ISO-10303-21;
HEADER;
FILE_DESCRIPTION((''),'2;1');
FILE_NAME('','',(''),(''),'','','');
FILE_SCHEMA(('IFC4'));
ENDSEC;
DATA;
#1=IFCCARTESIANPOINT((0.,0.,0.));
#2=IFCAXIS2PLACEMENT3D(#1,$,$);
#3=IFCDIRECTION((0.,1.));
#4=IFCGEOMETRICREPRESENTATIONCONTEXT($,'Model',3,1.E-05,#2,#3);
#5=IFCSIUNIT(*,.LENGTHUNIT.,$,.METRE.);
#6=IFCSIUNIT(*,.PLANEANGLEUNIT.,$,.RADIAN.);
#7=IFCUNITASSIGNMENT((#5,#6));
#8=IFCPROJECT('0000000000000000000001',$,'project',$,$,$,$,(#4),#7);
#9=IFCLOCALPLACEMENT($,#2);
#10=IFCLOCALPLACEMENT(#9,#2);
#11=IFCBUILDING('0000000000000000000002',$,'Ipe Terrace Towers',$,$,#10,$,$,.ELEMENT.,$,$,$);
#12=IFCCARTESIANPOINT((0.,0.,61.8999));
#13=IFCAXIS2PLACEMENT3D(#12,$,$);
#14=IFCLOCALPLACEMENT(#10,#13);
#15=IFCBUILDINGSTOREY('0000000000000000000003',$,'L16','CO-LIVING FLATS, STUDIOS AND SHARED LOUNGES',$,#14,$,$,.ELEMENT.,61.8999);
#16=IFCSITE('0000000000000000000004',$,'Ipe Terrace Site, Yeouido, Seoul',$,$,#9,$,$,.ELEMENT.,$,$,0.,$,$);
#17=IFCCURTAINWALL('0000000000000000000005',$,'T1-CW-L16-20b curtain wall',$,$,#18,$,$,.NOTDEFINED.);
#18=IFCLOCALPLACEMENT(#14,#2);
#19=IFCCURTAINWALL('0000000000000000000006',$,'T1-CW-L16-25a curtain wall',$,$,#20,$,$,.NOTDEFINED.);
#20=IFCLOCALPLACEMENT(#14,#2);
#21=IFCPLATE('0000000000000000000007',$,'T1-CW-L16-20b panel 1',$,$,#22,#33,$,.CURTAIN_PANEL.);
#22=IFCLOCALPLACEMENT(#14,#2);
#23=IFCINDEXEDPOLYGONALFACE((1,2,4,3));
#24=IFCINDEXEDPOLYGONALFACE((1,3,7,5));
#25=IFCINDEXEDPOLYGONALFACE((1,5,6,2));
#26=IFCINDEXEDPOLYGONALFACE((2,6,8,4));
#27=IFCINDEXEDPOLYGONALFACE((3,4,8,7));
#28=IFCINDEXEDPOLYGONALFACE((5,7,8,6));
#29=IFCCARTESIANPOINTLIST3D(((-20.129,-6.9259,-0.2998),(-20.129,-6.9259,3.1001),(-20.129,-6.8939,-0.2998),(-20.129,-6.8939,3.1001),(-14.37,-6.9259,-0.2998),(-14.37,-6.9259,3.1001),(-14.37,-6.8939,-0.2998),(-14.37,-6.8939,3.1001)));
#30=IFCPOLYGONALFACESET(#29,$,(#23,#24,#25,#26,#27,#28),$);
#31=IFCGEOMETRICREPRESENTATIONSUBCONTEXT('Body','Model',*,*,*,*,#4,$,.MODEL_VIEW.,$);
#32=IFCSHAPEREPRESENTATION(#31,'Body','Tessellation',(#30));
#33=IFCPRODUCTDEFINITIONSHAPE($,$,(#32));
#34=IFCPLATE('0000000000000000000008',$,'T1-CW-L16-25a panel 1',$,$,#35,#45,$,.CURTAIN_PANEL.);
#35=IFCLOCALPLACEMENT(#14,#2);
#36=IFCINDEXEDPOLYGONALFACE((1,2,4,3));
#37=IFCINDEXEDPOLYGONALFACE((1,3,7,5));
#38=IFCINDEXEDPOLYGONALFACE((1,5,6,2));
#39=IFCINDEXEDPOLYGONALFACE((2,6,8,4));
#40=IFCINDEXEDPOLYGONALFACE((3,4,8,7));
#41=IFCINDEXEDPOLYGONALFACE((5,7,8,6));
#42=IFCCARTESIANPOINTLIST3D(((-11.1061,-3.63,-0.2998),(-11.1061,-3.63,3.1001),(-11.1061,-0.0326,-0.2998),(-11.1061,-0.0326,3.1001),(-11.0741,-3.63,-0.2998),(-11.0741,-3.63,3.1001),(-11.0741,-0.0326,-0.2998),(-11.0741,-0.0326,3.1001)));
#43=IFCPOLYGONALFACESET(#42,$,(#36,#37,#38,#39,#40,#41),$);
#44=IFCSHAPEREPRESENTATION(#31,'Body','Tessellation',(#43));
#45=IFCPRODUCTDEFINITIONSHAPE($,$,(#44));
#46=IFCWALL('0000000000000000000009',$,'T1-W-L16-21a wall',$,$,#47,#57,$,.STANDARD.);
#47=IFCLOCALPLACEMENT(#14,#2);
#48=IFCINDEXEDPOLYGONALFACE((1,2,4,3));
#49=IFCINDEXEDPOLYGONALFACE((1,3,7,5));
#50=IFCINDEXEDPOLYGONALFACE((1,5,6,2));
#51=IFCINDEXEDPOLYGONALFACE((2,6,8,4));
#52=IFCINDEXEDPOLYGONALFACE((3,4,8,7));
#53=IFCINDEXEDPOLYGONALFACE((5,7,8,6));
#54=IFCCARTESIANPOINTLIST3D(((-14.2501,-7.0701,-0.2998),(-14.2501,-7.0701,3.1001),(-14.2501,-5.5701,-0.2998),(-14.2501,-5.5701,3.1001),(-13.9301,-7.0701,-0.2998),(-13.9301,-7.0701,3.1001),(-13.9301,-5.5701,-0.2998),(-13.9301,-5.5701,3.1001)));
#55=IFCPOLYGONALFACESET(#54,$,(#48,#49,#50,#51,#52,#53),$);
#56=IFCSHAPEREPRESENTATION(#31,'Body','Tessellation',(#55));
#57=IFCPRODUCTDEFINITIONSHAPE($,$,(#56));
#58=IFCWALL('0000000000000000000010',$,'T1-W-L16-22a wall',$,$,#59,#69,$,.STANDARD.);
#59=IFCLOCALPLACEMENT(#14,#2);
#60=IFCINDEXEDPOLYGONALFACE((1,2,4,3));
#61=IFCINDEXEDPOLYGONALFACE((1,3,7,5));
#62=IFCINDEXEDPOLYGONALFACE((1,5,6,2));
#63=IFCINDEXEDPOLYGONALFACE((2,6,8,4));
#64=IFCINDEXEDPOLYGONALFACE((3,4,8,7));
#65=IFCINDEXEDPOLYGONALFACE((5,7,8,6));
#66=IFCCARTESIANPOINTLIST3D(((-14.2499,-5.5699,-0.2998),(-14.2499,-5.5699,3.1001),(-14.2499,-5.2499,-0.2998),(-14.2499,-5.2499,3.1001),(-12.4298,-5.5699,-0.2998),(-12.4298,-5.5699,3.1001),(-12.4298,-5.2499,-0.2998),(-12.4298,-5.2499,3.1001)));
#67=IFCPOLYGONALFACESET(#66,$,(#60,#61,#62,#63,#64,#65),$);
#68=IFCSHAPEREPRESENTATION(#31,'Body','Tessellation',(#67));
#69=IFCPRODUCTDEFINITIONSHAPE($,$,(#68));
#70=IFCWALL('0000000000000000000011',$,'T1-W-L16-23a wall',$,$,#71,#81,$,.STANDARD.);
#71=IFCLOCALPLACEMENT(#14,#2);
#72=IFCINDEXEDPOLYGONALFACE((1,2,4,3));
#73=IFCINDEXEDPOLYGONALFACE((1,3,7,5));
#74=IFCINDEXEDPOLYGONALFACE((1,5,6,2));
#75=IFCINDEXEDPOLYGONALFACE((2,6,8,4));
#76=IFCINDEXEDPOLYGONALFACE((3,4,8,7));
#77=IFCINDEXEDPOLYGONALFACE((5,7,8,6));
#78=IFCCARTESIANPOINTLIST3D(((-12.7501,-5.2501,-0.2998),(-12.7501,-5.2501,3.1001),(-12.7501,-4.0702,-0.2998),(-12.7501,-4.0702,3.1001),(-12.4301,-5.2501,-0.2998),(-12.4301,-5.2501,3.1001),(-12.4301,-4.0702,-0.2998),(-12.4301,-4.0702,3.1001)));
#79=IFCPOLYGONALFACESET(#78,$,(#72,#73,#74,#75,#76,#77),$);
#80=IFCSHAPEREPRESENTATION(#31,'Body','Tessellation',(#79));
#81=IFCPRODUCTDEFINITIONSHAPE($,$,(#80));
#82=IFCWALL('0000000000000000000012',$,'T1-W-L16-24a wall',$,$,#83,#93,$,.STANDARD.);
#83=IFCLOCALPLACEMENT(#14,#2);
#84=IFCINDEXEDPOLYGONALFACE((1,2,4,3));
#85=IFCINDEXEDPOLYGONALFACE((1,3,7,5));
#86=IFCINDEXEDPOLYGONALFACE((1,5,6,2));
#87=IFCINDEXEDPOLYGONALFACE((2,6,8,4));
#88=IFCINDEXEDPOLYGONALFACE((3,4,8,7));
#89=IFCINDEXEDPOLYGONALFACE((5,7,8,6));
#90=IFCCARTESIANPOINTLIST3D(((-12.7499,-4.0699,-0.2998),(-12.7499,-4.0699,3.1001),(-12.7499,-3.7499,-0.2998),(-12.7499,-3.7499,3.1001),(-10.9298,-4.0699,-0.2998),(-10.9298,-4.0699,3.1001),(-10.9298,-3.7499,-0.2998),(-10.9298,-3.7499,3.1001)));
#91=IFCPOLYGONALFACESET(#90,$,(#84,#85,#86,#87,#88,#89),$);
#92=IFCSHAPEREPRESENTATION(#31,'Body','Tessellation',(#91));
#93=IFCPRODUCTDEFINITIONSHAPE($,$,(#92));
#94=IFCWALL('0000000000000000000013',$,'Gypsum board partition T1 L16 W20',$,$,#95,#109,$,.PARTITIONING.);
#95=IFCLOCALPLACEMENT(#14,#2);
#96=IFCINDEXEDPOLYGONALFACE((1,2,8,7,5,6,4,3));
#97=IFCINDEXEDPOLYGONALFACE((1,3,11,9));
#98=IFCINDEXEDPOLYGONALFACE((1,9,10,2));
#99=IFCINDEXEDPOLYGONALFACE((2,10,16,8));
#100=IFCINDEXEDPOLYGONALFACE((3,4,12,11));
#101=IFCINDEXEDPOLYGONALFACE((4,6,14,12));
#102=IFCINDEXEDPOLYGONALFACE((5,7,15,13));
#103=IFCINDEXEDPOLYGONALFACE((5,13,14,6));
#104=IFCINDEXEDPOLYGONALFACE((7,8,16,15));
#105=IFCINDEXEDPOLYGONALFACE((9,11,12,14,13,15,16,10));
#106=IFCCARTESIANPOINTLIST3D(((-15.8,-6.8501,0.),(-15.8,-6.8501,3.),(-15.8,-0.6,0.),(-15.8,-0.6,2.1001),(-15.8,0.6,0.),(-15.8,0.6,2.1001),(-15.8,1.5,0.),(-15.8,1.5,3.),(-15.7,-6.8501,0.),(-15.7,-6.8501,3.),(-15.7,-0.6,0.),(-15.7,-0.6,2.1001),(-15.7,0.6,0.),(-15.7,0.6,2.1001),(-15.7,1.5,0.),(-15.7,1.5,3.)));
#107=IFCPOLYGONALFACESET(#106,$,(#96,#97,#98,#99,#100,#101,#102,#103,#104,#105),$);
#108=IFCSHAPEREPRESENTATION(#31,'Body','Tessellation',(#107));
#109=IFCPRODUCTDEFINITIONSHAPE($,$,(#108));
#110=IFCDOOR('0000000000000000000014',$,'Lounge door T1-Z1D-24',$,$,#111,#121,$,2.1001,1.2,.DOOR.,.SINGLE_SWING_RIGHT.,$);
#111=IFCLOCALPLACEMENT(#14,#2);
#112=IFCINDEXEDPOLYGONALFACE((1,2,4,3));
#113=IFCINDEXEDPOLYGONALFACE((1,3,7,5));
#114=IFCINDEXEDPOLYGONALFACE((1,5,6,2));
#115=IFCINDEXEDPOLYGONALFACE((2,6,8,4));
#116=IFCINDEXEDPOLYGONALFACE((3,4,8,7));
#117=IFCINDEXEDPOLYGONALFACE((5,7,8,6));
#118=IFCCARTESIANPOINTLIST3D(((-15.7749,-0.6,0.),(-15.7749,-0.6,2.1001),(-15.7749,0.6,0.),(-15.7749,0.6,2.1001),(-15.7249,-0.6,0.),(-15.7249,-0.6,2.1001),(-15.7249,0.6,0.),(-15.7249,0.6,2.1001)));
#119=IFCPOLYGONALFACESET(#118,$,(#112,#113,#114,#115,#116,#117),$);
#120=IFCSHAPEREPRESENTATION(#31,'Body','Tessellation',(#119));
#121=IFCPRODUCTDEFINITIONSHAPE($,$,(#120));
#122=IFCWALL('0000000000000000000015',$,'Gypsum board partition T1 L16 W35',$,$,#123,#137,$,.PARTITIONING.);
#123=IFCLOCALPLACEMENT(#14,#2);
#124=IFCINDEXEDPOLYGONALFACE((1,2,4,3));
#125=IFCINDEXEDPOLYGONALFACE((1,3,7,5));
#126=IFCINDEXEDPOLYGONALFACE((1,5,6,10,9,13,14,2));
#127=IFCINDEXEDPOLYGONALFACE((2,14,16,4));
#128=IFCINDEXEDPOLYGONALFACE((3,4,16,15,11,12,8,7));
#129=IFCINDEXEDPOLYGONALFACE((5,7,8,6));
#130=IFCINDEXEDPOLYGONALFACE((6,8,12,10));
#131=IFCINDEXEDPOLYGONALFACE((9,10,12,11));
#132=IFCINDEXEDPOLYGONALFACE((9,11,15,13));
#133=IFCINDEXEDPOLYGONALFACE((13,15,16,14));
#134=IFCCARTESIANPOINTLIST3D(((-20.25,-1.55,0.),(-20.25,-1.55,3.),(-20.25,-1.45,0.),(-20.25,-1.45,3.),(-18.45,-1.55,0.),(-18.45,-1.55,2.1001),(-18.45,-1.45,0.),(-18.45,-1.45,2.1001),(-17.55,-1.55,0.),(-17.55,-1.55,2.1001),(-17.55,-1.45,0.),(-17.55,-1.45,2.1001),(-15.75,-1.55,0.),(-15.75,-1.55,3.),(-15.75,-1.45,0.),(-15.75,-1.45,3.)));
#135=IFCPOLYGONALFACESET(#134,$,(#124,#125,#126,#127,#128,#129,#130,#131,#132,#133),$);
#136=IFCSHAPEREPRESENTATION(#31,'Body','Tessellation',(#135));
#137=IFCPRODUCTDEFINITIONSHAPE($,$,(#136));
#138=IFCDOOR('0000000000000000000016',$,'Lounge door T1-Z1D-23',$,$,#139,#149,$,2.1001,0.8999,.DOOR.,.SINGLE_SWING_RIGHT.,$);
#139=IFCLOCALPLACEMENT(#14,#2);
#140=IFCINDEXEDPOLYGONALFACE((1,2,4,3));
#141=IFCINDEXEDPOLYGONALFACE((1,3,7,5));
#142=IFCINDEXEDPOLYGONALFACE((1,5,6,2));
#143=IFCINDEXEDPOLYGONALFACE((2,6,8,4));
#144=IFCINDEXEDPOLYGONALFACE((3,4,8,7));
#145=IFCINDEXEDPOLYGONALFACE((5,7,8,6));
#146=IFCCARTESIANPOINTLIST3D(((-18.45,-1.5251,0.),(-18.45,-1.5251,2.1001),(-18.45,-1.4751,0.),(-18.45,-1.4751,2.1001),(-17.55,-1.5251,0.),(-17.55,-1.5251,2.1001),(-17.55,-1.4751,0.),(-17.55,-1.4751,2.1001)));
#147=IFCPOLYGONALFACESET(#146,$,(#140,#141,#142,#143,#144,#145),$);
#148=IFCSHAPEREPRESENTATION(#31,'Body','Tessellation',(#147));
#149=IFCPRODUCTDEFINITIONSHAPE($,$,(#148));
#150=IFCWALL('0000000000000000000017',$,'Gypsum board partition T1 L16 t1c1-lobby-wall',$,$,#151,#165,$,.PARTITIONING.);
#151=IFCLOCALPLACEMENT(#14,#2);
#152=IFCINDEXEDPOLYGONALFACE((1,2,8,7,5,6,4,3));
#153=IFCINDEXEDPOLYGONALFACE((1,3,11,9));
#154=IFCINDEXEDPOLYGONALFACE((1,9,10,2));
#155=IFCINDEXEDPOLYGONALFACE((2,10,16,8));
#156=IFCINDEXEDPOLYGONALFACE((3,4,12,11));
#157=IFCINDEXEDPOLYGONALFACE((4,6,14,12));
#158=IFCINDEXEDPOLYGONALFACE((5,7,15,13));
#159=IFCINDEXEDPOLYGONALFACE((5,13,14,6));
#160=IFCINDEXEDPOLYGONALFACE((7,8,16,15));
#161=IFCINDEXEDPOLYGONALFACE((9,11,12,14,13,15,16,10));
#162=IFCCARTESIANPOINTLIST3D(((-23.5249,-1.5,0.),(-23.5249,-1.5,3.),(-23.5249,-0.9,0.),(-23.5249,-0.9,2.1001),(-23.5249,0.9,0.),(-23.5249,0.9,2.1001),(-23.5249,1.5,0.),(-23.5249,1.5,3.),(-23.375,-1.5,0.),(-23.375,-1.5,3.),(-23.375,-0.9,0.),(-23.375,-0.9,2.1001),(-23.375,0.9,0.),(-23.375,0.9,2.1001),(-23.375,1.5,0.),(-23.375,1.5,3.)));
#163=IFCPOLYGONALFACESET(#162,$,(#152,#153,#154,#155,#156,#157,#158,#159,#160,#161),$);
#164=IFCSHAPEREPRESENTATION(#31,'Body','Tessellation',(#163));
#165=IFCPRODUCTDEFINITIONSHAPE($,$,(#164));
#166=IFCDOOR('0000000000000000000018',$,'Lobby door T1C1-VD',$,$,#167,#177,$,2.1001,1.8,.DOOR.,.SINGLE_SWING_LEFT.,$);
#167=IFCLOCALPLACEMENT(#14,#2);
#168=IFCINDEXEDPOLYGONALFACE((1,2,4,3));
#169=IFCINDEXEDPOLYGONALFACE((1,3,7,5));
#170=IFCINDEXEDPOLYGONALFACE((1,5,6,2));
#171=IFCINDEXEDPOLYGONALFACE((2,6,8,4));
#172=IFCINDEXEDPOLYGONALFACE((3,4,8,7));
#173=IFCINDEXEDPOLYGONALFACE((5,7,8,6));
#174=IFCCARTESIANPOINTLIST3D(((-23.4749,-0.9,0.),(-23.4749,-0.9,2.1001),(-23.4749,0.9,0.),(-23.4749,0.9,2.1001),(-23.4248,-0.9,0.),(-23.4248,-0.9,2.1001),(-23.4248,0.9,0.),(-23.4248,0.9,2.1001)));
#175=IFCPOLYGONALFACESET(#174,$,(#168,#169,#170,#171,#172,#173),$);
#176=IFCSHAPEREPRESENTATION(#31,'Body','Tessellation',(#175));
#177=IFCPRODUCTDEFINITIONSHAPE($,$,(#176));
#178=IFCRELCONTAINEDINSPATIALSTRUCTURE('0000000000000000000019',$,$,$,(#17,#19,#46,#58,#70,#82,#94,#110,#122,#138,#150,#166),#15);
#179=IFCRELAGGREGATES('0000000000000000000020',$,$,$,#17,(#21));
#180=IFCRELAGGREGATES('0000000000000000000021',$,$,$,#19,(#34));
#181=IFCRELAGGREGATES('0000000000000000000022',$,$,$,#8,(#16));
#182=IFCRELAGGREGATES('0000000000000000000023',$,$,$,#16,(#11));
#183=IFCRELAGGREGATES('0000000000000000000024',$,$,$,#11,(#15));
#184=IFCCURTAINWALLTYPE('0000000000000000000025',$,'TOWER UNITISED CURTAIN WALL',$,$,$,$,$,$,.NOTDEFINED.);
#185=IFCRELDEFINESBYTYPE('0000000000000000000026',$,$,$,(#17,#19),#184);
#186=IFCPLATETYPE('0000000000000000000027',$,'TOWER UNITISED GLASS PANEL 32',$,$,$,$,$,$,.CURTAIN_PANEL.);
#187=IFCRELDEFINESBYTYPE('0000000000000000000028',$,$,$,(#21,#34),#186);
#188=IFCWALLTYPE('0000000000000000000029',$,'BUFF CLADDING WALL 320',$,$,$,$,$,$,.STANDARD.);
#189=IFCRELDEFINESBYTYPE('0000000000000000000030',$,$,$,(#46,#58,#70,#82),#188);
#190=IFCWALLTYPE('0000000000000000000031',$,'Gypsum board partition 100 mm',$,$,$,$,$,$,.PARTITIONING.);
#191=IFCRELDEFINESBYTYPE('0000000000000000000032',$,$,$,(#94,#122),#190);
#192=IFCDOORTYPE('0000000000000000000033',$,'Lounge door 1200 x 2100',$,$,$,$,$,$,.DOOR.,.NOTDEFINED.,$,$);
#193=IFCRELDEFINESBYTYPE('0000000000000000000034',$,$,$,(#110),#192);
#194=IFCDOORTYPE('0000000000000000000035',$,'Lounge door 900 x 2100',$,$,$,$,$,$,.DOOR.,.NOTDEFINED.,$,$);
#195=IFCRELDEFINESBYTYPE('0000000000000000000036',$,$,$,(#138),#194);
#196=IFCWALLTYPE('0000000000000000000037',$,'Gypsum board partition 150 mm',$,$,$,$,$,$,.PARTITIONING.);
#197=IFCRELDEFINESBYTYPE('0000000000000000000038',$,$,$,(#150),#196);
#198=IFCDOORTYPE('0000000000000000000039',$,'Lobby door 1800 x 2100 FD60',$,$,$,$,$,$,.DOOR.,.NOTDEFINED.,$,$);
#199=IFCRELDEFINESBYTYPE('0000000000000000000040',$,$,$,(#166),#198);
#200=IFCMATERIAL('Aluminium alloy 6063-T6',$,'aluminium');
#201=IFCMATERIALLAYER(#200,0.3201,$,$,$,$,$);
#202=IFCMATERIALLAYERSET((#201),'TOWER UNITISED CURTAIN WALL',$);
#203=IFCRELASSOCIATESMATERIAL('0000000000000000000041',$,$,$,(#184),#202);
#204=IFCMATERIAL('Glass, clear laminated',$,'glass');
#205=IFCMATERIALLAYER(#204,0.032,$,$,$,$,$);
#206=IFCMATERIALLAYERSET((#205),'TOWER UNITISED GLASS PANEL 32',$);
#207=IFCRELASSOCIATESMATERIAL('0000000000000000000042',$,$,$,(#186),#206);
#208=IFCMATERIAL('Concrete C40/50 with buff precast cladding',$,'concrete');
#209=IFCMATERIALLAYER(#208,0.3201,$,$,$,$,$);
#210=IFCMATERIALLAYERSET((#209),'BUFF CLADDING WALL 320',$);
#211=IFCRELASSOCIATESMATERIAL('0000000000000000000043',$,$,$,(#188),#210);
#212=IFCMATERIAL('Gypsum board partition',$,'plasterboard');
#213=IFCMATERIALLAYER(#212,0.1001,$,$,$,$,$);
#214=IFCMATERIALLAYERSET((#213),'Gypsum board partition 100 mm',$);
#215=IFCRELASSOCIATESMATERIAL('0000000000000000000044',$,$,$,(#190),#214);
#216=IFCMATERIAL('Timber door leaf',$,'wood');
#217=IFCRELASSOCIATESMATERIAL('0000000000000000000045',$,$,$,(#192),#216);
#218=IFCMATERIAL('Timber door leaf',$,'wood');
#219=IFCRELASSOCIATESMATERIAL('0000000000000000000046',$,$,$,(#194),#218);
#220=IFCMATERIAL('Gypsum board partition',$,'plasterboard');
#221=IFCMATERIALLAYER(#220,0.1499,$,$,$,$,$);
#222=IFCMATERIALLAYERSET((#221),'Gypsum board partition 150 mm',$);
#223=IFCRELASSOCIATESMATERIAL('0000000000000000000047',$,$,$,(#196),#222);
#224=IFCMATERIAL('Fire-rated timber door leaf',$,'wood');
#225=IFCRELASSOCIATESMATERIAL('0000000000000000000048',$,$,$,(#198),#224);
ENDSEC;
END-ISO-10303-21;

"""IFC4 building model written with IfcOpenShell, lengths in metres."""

from ifc_helpers import new_model, si_unit, direction, frame, frame_2d, origin, origin_2d, place, context, subcontext, project, spatial, rectangle, extrude, material, layer, layer_set, type_object, element, fill, aggregate, save


model = new_model("IFC4")

# Units and contexts
model_context = context("Model", 3, precision=1e-05, world=origin(), true_north=direction((0.0, 1.0)))
body_context = subcontext(model_context, "Body", "Model", "MODEL_VIEW")
ifc_project = project(units=[si_unit("LENGTHUNIT", "METRE"), si_unit("PLANEANGLEUNIT", "RADIAN")], contexts=[model_context])

# Site, building, storey
site_placement = place(None, origin())
site = spatial("IfcSite", under=ifc_project, at=site_placement, Name="Ipe Terrace Site, Yeouido, Seoul", CompositionType="ELEMENT", RefElevation=0.0)
building_placement = place(site_placement, origin())
building = spatial("IfcBuilding", under=site, at=building_placement, Name="Ipe Terrace Towers", CompositionType="ELEMENT")
storey_placement = place(building_placement, frame((0.0, 0.0, 61.8999)))
storey = spatial("IfcBuildingStorey", under=building, at=storey_placement, Name="L16", Description="CO-LIVING FLATS, STUDIOS AND SHARED LOUNGES", CompositionType="ELEMENT", Elevation=61.8999)

# Curtain walls
ifc_material_1 = material(Name="Aluminium alloy 6063-T6", Category="aluminium")
ifc_layer_1 = layer(ifc_material_1, 0.3201)
ifc_layer_set_1 = layer_set([ifc_layer_1], Name="TOWER UNITISED CURTAIN WALL")
curtain_wall_type = type_object("IfcCurtainWallType", Name="TOWER UNITISED CURTAIN WALL", PredefinedType="NOTDEFINED", material=ifc_layer_set_1)
curtain_wall_1_placement = place(storey_placement, origin())
curtain_wall_1 = element("IfcCurtainWall", 1, at=curtain_wall_1_placement, inside=storey, type_object=curtain_wall_type, Name="T1-CW-L16-20b curtain wall", PredefinedType="NOTDEFINED")
curtain_wall_2_placement = place(storey_placement, origin())
curtain_wall_2 = element("IfcCurtainWall", 2, at=curtain_wall_2_placement, inside=storey, type_object=curtain_wall_type, Name="T1-CW-L16-25a curtain wall", PredefinedType="NOTDEFINED")

# Plates
ifc_material_2 = material(Name="Glass, clear laminated", Category="glass")
ifc_layer_2 = layer(ifc_material_2, 0.032)
ifc_layer_set_2 = layer_set([ifc_layer_2], Name="TOWER UNITISED GLASS PANEL 32")
plate_type = type_object("IfcPlateType", Name="TOWER UNITISED GLASS PANEL 32", PredefinedType="CURTAIN_PANEL", material=ifc_layer_set_2)
plate_1_placement = place(storey_placement, frame((-17.2495, -6.9099, -0.2998), z_axis=(0.0, 0.0, 1.0), x_axis=(1.0, 0.0, 0.0)))
plate_1 = element("IfcPlate", 3, at=plate_1_placement, type_object=plate_type, Name="T1-CW-L16-20b panel 1", PredefinedType="CURTAIN_PANEL", context=body_context, shape_type="SweptSolid", body=[
    extrude(rectangle(XDim=5.759, YDim=0.032, at=origin_2d()), origin(), (0.0, 0.0, 1.0), 3.3999),
])
aggregate(curtain_wall_1, [plate_1])
plate_2_placement = place(storey_placement, frame((-11.0901, -1.8313, -0.2998), z_axis=(0.0, 0.0, 1.0), x_axis=(0.0, 1.0, 0.0)))
plate_2 = element("IfcPlate", 4, at=plate_2_placement, type_object=plate_type, Name="T1-CW-L16-25a panel 1", PredefinedType="CURTAIN_PANEL", context=body_context, shape_type="SweptSolid", body=[
    extrude(rectangle(XDim=3.5974, YDim=0.032, at=origin_2d()), origin(), (0.0, 0.0, 1.0), 3.3999),
])
aggregate(curtain_wall_2, [plate_2])

# Walls
ifc_material_3 = material(Name="Concrete C40/50 with buff precast cladding", Category="concrete")
ifc_layer_3 = layer(ifc_material_3, 0.3201)
ifc_layer_set_3 = layer_set([ifc_layer_3], Name="BUFF CLADDING WALL 320")
wall_type_1 = type_object("IfcWallType", Name="BUFF CLADDING WALL 320", PredefinedType="STANDARD", material=ifc_layer_set_3)
wall_1_placement = place(storey_placement, frame((-14.0901, -7.0701, -0.2998), z_axis=(0.0, 0.0, 1.0), x_axis=(0.0, 1.0, 0.0)))
element("IfcWall", 5, at=wall_1_placement, inside=storey, type_object=wall_type_1, Name="T1-W-L16-21a wall", PredefinedType="STANDARD", context=body_context, shape_type="SweptSolid", body=[
    extrude(rectangle(XDim=1.5, YDim=0.3201, at=frame_2d((0.75, 0.0))), origin(), (0.0, 0.0, 1.0), 3.3999),
])
wall_2_placement = place(storey_placement, frame((-14.25, -5.4099, -0.2998), z_axis=(0.0, 0.0, 1.0), x_axis=(1.0, 0.0, 0.0)))
element("IfcWall", 6, at=wall_2_placement, inside=storey, type_object=wall_type_1, Name="T1-W-L16-22a wall", PredefinedType="STANDARD", context=body_context, shape_type="SweptSolid", body=[
    extrude(rectangle(XDim=1.8201, YDim=0.3201, at=frame_2d((0.9102, 0.0))), origin(), (0.0, 0.0, 1.0), 3.3999),
])
wall_3_placement = place(storey_placement, frame((-12.5901, -5.25, -0.2998), z_axis=(0.0, 0.0, 1.0), x_axis=(0.0, 1.0, 0.0)))
element("IfcWall", 7, at=wall_3_placement, inside=storey, type_object=wall_type_1, Name="T1-W-L16-23a wall", PredefinedType="STANDARD", context=body_context, shape_type="SweptSolid", body=[
    extrude(rectangle(XDim=1.1799, YDim=0.3201, at=frame_2d((0.5898, 0.0))), origin(), (0.0, 0.0, 1.0), 3.3999),
])
wall_4_placement = place(storey_placement, frame((-12.75, -3.9099, -0.2998), z_axis=(0.0, 0.0, 1.0), x_axis=(1.0, 0.0, 0.0)))
element("IfcWall", 8, at=wall_4_placement, inside=storey, type_object=wall_type_1, Name="T1-W-L16-24a wall", PredefinedType="STANDARD", context=body_context, shape_type="SweptSolid", body=[
    extrude(rectangle(XDim=1.8201, YDim=0.3201, at=frame_2d((0.9102, 0.0))), origin(), (0.0, 0.0, 1.0), 3.3999),
])

# Walls, openings, doors
ifc_material_4 = material(Name="Gypsum board partition", Category="plasterboard")
ifc_layer_4 = layer(ifc_material_4, 0.1001)
ifc_layer_set_4 = layer_set([ifc_layer_4], Name="Gypsum board partition 100 mm")
wall_type_2 = type_object("IfcWallType", Name="Gypsum board partition 100 mm", PredefinedType="PARTITIONING", material=ifc_layer_set_4)
wall_5_placement = place(storey_placement, frame((-15.75, -6.8501, 0.0), z_axis=(0.0, 0.0, 1.0), x_axis=(0.0, 1.0, 0.0)))
wall_5 = element("IfcWall", 9, at=wall_5_placement, inside=storey, type_object=wall_type_2, Name="Gypsum board partition T1 L16 W20", PredefinedType="PARTITIONING", context=body_context, shape_type="SweptSolid", body=[
    extrude(rectangle(XDim=8.3501, YDim=0.1001, at=frame_2d((4.175, 0.0))), origin(), (0.0, 0.0, 1.0), 3.0),
])
opening_1_placement = place(wall_5_placement, frame((6.25, 0.0, 0.0)))
opening_1 = element("IfcOpeningElement", 10, at=opening_1_placement, cuts=wall_5, PredefinedType="OPENING", context=body_context, shape_type="SweptSolid", body=[
    extrude(rectangle(XDim=1.2, YDim=2.1001, at=frame_2d((0.6001, 1.05))), frame((0.0, 0.0601, 0.0), z_axis=(0.0, -1.0, 0.0), x_axis=(1.0, 0.0, 0.0)), (0.0, 0.0, 1.0), 0.1201),
])
ifc_material_5 = material(Name="Timber door leaf", Category="wood")
door_type_1 = type_object("IfcDoorType", Name="Lounge door 1200 x 2100", OperationType="NOTDEFINED", PredefinedType="DOOR", material=ifc_material_5)
door_1_placement = place(opening_1_placement, origin())
door_1 = element("IfcDoor", 11, at=door_1_placement, inside=storey, type_object=door_type_1, Name="Lounge door T1-Z1D-24", OperationType="SINGLE_SWING_RIGHT", OverallHeight=2.1001, OverallWidth=1.2, PredefinedType="DOOR", context=body_context, shape_type="SweptSolid", body=[
    extrude(rectangle(XDim=1.2, YDim=2.1001, at=frame_2d((0.6001, 1.05))), frame((0.0, 0.0249, 0.0), z_axis=(0.0, -1.0, 0.0), x_axis=(1.0, 0.0, 0.0)), (0.0, 0.0, 1.0), 0.05),
])
fill(opening_1, door_1)
wall_6_placement = place(storey_placement, frame((-20.25, -1.5, 0.0), z_axis=(0.0, 0.0, 1.0), x_axis=(1.0, 0.0, 0.0)))
wall_6 = element("IfcWall", 12, at=wall_6_placement, inside=storey, type_object=wall_type_2, Name="Gypsum board partition T1 L16 W35", PredefinedType="PARTITIONING", context=body_context, shape_type="SweptSolid", body=[
    extrude(rectangle(XDim=4.5, YDim=0.1001, at=frame_2d((2.25, 0.0))), origin(), (0.0, 0.0, 1.0), 3.0),
])
opening_2_placement = place(wall_6_placement, frame((1.8, 0.0, 0.0)))
opening_2 = element("IfcOpeningElement", 13, at=opening_2_placement, cuts=wall_6, PredefinedType="OPENING", context=body_context, shape_type="SweptSolid", body=[
    extrude(rectangle(XDim=0.8999, YDim=2.1001, at=frame_2d((0.45, 1.05))), frame((0.0, 0.0601, 0.0), z_axis=(0.0, -1.0, 0.0), x_axis=(1.0, 0.0, 0.0)), (0.0, 0.0, 1.0), 0.1201),
])
ifc_material_6 = material(Name="Timber door leaf", Category="wood")
door_type_2 = type_object("IfcDoorType", Name="Lounge door 900 x 2100", OperationType="NOTDEFINED", PredefinedType="DOOR", material=ifc_material_6)
door_2_placement = place(opening_2_placement, origin())
door_2 = element("IfcDoor", 14, at=door_2_placement, inside=storey, type_object=door_type_2, Name="Lounge door T1-Z1D-23", OperationType="SINGLE_SWING_RIGHT", OverallHeight=2.1001, OverallWidth=0.8999, PredefinedType="DOOR", context=body_context, shape_type="SweptSolid", body=[
    extrude(rectangle(XDim=0.8999, YDim=2.1001, at=frame_2d((0.45, 1.05))), frame((0.0, 0.0249, 0.0), z_axis=(0.0, -1.0, 0.0), x_axis=(1.0, 0.0, 0.0)), (0.0, 0.0, 1.0), 0.05),
])
fill(opening_2, door_2)
ifc_material_7 = material(Name="Gypsum board partition", Category="plasterboard")
ifc_layer_5 = layer(ifc_material_7, 0.1499)
ifc_layer_set_5 = layer_set([ifc_layer_5], Name="Gypsum board partition 150 mm")
wall_type_3 = type_object("IfcWallType", Name="Gypsum board partition 150 mm", PredefinedType="PARTITIONING", material=ifc_layer_set_5)
wall_7_placement = place(storey_placement, frame((-23.45, -1.5, 0.0), z_axis=(0.0, 0.0, 1.0), x_axis=(0.0, 1.0, 0.0)))
wall_7 = element("IfcWall", 15, at=wall_7_placement, inside=storey, type_object=wall_type_3, Name="Gypsum board partition T1 L16 t1c1-lobby-wall", PredefinedType="PARTITIONING", context=body_context, shape_type="SweptSolid", body=[
    extrude(rectangle(XDim=3.0, YDim=0.1499, at=frame_2d((1.5, 0.0))), origin(), (0.0, 0.0, 1.0), 3.0),
])
opening_3_placement = place(wall_7_placement, frame((0.6001, 0.0, 0.0)))
opening_3 = element("IfcOpeningElement", 16, at=opening_3_placement, cuts=wall_7, PredefinedType="OPENING", context=body_context, shape_type="SweptSolid", body=[
    extrude(rectangle(XDim=1.8, YDim=2.1001, at=frame_2d((0.8999, 1.05))), frame((0.0, 0.085, 0.0), z_axis=(0.0, -1.0, 0.0), x_axis=(1.0, 0.0, 0.0)), (0.0, 0.0, 1.0), 0.1699),
])
ifc_material_8 = material(Name="Fire-rated timber door leaf", Category="wood")
door_type_3 = type_object("IfcDoorType", Name="Lobby door 1800 x 2100 FD60", OperationType="NOTDEFINED", PredefinedType="DOOR", material=ifc_material_8)
door_3_placement = place(opening_3_placement, origin())
door_3 = element("IfcDoor", 17, at=door_3_placement, inside=storey, type_object=door_type_3, Name="Lobby door T1C1-VD", OperationType="SINGLE_SWING_LEFT", OverallHeight=2.1001, OverallWidth=1.8, PredefinedType="DOOR", context=body_context, shape_type="SweptSolid", body=[
    extrude(rectangle(XDim=1.8, YDim=2.1001, at=frame_2d((0.8999, 1.05))), frame((0.0, 0.0249, 0.0), z_axis=(0.0, -1.0, 0.0), x_axis=(1.0, 0.0, 0.0)), (0.0, 0.0, 1.0), 0.05),
])
fill(opening_3, door_3)

save(model, "model.ifc")
